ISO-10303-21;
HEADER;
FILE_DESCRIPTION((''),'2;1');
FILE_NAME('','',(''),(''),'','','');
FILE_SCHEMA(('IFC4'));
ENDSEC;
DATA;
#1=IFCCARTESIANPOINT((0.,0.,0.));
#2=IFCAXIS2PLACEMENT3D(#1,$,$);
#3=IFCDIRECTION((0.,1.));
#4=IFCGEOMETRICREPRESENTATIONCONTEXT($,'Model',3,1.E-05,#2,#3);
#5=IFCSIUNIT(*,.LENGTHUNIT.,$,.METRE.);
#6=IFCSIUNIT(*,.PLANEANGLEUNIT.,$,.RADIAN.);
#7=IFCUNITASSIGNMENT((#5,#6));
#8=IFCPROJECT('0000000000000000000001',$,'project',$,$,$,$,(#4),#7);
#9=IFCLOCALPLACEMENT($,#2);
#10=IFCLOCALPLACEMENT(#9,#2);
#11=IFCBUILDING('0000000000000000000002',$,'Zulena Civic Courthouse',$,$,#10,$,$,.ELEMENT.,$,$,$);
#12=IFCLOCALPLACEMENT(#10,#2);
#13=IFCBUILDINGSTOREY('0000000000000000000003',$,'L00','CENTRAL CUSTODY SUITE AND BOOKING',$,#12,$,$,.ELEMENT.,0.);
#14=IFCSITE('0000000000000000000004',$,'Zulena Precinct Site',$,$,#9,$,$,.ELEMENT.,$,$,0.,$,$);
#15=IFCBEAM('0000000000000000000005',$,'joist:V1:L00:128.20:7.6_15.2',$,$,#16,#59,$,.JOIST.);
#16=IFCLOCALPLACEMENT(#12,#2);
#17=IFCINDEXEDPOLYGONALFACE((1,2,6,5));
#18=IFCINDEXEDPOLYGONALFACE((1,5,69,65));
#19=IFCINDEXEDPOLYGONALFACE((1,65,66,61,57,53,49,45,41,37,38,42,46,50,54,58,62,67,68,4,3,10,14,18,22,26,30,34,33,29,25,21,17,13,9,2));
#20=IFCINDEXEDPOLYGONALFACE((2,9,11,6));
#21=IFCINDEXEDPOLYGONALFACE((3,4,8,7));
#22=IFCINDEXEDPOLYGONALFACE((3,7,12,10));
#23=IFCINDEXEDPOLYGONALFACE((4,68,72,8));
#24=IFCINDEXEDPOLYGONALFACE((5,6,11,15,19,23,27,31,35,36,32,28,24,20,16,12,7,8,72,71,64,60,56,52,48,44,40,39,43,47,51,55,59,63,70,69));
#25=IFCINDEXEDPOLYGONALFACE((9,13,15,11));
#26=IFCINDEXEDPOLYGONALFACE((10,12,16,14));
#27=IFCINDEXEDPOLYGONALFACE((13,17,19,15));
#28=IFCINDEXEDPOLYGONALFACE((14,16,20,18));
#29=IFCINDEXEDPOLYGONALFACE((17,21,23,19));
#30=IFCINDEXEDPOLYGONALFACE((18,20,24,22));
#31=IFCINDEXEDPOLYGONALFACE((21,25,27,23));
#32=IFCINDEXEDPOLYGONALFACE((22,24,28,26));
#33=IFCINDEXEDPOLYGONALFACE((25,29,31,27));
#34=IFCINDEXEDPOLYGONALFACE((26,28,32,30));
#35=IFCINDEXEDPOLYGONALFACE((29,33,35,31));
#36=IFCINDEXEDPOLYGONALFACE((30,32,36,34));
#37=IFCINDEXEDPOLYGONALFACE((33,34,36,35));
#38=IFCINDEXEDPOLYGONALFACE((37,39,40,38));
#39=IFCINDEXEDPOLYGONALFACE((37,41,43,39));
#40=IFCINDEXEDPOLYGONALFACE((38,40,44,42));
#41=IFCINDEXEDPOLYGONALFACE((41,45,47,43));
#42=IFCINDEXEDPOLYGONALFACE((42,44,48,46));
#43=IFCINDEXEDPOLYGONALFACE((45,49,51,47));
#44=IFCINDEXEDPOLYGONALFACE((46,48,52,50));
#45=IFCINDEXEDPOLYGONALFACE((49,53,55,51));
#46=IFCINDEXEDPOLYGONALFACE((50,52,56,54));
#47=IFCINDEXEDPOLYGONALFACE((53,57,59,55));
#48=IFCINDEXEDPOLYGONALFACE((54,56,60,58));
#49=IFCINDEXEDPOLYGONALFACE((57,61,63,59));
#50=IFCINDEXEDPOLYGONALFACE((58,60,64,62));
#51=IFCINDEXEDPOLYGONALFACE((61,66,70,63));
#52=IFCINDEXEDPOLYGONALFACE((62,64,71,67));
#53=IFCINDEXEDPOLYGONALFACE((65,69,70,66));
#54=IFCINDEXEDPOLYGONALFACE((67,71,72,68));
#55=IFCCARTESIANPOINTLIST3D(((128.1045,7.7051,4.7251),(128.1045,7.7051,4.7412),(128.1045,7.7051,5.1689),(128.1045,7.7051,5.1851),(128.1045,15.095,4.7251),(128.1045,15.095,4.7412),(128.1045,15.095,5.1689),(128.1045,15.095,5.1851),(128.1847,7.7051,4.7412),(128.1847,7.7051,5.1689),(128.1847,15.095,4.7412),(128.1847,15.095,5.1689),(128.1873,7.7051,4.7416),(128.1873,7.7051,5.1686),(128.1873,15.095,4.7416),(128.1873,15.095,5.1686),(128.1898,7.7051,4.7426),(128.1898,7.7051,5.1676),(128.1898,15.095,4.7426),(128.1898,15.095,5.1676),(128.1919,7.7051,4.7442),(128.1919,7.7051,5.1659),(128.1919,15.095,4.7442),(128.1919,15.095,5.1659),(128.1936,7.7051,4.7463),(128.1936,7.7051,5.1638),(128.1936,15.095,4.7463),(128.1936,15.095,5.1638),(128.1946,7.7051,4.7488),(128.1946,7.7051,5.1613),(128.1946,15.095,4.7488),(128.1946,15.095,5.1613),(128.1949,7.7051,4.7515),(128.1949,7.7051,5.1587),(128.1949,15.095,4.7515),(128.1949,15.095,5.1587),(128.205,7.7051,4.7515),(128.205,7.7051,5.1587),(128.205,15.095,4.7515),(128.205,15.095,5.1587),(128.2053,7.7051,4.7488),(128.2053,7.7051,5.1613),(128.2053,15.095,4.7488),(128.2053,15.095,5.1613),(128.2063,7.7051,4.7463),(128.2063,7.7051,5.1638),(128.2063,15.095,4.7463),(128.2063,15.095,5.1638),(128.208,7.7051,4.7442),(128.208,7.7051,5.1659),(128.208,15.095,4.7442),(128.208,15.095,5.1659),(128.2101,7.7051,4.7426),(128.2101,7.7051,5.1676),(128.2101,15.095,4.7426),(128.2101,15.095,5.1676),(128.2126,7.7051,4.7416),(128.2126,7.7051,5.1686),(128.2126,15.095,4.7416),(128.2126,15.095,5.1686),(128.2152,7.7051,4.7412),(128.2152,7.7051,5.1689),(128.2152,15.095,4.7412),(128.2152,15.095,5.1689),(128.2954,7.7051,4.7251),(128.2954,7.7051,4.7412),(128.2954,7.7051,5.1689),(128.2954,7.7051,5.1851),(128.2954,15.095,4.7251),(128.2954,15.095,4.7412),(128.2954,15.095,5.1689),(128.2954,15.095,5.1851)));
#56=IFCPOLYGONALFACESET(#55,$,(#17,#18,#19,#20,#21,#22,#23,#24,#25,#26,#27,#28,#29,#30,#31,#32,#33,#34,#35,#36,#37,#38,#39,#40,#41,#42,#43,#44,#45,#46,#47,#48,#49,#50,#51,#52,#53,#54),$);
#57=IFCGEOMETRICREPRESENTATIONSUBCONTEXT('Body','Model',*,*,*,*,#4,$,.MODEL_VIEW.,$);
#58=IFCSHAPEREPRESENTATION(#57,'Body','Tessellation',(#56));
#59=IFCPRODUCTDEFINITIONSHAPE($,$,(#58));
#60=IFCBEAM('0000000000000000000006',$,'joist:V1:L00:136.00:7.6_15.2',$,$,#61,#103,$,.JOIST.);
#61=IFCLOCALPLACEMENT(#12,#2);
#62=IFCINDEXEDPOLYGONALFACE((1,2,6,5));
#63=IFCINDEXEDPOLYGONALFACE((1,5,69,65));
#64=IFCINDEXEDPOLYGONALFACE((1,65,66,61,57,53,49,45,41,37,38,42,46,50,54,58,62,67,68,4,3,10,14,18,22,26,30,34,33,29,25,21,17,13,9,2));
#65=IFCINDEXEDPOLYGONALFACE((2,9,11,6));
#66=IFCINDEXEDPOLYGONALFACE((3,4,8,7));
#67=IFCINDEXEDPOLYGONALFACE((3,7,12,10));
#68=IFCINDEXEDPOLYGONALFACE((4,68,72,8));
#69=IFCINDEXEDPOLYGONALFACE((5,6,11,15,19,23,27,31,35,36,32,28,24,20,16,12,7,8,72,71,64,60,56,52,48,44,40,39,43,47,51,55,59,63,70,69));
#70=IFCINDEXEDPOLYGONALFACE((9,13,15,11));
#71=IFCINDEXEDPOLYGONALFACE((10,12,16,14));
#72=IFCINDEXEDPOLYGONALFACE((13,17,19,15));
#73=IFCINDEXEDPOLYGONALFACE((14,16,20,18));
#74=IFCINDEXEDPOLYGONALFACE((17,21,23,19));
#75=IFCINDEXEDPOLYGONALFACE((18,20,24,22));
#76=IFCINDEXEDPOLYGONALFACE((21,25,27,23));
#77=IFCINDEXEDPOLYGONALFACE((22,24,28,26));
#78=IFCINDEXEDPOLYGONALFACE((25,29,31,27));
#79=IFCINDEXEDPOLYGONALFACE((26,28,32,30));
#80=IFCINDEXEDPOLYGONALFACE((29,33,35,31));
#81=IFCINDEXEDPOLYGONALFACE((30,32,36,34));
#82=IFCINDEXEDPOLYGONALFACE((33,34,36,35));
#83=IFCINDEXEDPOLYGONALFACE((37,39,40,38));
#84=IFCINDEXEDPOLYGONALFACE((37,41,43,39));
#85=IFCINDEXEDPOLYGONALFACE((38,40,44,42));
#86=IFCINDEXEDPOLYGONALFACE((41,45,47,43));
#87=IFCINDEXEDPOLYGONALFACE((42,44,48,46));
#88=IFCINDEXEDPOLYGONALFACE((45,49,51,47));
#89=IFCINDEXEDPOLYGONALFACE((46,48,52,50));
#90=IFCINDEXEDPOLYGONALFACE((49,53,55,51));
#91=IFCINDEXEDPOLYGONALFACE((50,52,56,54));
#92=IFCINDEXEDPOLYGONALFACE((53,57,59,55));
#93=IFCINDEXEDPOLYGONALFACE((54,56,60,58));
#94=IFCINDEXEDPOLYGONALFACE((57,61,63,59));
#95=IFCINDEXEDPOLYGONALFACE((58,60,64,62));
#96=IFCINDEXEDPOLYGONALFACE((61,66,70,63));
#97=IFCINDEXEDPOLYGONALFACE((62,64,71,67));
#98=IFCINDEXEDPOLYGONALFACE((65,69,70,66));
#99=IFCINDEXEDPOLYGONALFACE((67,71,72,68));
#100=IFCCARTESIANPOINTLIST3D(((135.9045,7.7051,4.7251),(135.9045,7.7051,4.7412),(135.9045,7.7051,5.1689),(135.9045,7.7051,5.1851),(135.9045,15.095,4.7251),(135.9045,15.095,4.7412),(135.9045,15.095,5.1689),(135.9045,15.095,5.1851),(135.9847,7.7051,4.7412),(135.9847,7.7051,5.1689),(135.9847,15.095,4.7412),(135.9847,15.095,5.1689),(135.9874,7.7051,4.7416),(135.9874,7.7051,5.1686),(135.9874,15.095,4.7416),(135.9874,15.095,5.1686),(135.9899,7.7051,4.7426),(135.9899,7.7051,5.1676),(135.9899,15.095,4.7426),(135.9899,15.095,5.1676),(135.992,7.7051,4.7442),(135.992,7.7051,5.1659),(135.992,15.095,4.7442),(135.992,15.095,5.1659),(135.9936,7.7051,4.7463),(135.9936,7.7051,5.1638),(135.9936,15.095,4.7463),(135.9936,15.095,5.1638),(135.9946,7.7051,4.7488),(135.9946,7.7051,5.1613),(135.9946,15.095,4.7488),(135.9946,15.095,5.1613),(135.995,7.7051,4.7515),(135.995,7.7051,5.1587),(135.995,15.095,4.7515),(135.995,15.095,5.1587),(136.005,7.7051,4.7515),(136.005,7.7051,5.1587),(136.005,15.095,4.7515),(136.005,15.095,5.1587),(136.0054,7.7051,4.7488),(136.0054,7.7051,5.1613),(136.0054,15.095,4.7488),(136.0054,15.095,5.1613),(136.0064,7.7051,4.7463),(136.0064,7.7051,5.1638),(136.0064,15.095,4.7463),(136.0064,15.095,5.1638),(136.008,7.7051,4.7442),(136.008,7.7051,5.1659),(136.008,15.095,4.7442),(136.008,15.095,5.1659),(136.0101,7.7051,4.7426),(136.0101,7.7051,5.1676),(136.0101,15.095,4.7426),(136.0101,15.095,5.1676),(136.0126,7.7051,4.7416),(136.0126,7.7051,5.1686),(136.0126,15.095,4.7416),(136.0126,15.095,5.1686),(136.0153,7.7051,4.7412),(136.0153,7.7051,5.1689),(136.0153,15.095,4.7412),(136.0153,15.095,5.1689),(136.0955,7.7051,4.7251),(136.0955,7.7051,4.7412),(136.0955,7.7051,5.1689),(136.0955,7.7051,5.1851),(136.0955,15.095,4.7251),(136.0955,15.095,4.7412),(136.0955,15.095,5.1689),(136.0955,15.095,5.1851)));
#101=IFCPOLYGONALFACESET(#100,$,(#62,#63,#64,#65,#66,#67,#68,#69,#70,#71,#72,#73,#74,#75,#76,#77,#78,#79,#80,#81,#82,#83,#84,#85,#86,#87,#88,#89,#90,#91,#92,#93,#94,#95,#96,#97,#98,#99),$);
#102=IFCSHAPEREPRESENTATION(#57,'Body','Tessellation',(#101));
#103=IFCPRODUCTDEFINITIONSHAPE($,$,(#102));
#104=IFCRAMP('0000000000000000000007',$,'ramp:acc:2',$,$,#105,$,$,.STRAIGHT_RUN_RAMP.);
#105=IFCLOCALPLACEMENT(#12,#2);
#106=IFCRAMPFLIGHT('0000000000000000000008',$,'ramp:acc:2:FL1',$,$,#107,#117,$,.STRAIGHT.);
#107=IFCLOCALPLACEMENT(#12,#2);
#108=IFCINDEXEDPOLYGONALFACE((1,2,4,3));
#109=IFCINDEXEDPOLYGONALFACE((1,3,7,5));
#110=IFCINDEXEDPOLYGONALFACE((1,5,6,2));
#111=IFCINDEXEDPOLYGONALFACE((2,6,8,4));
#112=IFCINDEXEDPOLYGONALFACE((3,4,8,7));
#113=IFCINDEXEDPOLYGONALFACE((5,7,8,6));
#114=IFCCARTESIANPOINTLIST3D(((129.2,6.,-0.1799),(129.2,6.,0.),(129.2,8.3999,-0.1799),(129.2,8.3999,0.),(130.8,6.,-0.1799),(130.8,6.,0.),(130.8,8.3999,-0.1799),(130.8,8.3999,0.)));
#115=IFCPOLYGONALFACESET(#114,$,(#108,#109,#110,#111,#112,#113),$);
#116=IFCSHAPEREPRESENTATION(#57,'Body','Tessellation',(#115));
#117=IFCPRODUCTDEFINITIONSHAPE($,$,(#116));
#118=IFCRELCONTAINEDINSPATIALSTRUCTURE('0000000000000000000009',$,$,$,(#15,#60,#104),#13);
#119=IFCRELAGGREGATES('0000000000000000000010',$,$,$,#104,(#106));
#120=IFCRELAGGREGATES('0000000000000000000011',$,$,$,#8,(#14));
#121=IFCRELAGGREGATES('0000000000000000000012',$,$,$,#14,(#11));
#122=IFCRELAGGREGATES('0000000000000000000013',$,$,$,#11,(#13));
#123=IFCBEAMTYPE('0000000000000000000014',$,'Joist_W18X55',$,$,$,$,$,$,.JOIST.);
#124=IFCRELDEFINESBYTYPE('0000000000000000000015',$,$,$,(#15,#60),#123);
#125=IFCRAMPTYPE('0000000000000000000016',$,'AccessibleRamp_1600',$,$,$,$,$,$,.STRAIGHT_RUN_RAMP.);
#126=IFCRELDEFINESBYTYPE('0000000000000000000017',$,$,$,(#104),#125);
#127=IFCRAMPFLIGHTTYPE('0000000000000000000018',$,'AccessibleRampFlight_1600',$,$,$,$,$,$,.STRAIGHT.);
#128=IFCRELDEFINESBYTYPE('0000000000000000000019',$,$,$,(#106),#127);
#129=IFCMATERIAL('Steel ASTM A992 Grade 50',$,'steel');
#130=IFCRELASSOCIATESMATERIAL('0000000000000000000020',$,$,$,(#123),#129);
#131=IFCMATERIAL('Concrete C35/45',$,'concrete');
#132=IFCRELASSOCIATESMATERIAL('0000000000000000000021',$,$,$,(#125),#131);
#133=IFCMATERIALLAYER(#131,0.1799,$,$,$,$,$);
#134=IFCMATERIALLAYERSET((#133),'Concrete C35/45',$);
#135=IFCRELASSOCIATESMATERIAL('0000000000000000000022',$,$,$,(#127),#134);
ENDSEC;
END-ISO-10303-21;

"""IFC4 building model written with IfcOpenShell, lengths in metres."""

from ifc_helpers import new_model, si_unit, direction, frame, origin, origin_2d, place, context, subcontext, project, spatial, polyline, i_section, outline, extrude, material, layer, layer_set, material_profile, profile_set, type_object, element, aggregate, save


model = new_model("IFC4")

# Units and contexts
model_context = context("Model", 3, precision=1e-05, world=origin(), true_north=direction((0.0, 1.0)))
body_context = subcontext(model_context, "Body", "Model", "MODEL_VIEW")
ifc_project = project(units=[si_unit("LENGTHUNIT", "METRE"), si_unit("PLANEANGLEUNIT", "RADIAN")], contexts=[model_context])

# Site, building, storey
site_placement = place(None, origin())
site = spatial("IfcSite", under=ifc_project, at=site_placement, Name="Zulena Precinct Site", CompositionType="ELEMENT", RefElevation=0.0)
building_placement = place(site_placement, origin())
building = spatial("IfcBuilding", under=site, at=building_placement, Name="Zulena Civic Courthouse", CompositionType="ELEMENT")
storey_placement = place(building_placement, origin())
storey = spatial("IfcBuildingStorey", under=building, at=storey_placement, Name="L00", Description="CENTRAL CUSTODY SUITE AND BOOKING", CompositionType="ELEMENT", Elevation=0.0)

# Shared definitions
ifc_material_1 = material(Name="Concrete C35/45", Category="concrete")

# Shared definitions
ifc_material_2 = material(Name="Steel ASTM A992 Grade 50", Category="steel")

# Beams
ifc_material_profile_1 = material_profile(ifc_material_2, i_section(OverallWidth=0.1909, OverallDepth=0.46, WebThickness=0.01, FlangeThickness=0.0161, FilletRadius=0.0103, at=origin_2d()), Name="W18X55")
ifc_profile_set_1 = profile_set([ifc_material_profile_1], Name="Steel ASTM A992 Grade 50")
beam_type_1 = type_object("IfcBeamType", Name="Joist_W18X55", PredefinedType="JOIST", material=ifc_profile_set_1)
for number, where, z_axis, x_axis, name in (
    (1, (128.2, 7.7051, 4.9551), (0.0, 1.0, 0.0), (-1.0, 0.0, 0.0), "joist:V1:L00:128.20:7.6_15.2"),
    (2, (136.0, 7.7051, 4.9551), (0.0, 1.0, 0.0), (-1.0, 0.0, 0.0), "joist:V1:L00:136.00:7.6_15.2"),
):
    element("IfcBeam", number, at=place(storey_placement, frame(where, z_axis=z_axis, x_axis=x_axis)), inside=storey, type_object=beam_type_1, Name=name, PredefinedType="JOIST", context=body_context, shape_type="SweptSolid", body=[
        extrude(i_section(OverallWidth=0.1909, OverallDepth=0.46, WebThickness=0.01, FlangeThickness=0.0161, FilletRadius=0.0103, at=origin_2d()), origin(), (0.0, 0.0, 1.0), 7.3899),
    ])

# Ramp, ramp flight
ramp_type = type_object("IfcRampType", Name="AccessibleRamp_1600", PredefinedType="STRAIGHT_RUN_RAMP", material=ifc_material_1)
ramp_placement = place(storey_placement, origin())
ramp = element("IfcRamp", 3, at=ramp_placement, inside=storey, type_object=ramp_type, Name="ramp:acc:2", PredefinedType="STRAIGHT_RUN_RAMP")
ifc_layer = layer(ifc_material_1, 0.1799)
ifc_layer_set = layer_set([ifc_layer], Name="Concrete C35/45")
ramp_flight_type = type_object("IfcRampFlightType", Name="AccessibleRampFlight_1600", PredefinedType="STRAIGHT", material=ifc_layer_set)
ramp_flight_placement = place(storey_placement, frame((130.0, 6.0, 0.0), z_axis=(0.0, 0.0, 1.0), x_axis=(0.0, 1.0, 0.0)))
ramp_flight = element("IfcRampFlight", 4, at=ramp_flight_placement, type_object=ramp_flight_type, Name="ramp:acc:2:FL1", PredefinedType="STRAIGHT", context=body_context, shape_type="SweptSolid", body=[
    extrude(outline(polyline([(0.0, 0.0), (2.3999, 0.0), (2.3999, -0.1799), (0.0, -0.1799), (0.0, 0.0)])), frame((0.0, 0.8, 0.0), z_axis=(0.0, -1.0, 0.0), x_axis=(1.0, 0.0, 0.0)), (0.0, 0.0, 1.0), 1.6001),
])
aggregate(ramp, [ramp_flight])

save(model, "model.ifc")
